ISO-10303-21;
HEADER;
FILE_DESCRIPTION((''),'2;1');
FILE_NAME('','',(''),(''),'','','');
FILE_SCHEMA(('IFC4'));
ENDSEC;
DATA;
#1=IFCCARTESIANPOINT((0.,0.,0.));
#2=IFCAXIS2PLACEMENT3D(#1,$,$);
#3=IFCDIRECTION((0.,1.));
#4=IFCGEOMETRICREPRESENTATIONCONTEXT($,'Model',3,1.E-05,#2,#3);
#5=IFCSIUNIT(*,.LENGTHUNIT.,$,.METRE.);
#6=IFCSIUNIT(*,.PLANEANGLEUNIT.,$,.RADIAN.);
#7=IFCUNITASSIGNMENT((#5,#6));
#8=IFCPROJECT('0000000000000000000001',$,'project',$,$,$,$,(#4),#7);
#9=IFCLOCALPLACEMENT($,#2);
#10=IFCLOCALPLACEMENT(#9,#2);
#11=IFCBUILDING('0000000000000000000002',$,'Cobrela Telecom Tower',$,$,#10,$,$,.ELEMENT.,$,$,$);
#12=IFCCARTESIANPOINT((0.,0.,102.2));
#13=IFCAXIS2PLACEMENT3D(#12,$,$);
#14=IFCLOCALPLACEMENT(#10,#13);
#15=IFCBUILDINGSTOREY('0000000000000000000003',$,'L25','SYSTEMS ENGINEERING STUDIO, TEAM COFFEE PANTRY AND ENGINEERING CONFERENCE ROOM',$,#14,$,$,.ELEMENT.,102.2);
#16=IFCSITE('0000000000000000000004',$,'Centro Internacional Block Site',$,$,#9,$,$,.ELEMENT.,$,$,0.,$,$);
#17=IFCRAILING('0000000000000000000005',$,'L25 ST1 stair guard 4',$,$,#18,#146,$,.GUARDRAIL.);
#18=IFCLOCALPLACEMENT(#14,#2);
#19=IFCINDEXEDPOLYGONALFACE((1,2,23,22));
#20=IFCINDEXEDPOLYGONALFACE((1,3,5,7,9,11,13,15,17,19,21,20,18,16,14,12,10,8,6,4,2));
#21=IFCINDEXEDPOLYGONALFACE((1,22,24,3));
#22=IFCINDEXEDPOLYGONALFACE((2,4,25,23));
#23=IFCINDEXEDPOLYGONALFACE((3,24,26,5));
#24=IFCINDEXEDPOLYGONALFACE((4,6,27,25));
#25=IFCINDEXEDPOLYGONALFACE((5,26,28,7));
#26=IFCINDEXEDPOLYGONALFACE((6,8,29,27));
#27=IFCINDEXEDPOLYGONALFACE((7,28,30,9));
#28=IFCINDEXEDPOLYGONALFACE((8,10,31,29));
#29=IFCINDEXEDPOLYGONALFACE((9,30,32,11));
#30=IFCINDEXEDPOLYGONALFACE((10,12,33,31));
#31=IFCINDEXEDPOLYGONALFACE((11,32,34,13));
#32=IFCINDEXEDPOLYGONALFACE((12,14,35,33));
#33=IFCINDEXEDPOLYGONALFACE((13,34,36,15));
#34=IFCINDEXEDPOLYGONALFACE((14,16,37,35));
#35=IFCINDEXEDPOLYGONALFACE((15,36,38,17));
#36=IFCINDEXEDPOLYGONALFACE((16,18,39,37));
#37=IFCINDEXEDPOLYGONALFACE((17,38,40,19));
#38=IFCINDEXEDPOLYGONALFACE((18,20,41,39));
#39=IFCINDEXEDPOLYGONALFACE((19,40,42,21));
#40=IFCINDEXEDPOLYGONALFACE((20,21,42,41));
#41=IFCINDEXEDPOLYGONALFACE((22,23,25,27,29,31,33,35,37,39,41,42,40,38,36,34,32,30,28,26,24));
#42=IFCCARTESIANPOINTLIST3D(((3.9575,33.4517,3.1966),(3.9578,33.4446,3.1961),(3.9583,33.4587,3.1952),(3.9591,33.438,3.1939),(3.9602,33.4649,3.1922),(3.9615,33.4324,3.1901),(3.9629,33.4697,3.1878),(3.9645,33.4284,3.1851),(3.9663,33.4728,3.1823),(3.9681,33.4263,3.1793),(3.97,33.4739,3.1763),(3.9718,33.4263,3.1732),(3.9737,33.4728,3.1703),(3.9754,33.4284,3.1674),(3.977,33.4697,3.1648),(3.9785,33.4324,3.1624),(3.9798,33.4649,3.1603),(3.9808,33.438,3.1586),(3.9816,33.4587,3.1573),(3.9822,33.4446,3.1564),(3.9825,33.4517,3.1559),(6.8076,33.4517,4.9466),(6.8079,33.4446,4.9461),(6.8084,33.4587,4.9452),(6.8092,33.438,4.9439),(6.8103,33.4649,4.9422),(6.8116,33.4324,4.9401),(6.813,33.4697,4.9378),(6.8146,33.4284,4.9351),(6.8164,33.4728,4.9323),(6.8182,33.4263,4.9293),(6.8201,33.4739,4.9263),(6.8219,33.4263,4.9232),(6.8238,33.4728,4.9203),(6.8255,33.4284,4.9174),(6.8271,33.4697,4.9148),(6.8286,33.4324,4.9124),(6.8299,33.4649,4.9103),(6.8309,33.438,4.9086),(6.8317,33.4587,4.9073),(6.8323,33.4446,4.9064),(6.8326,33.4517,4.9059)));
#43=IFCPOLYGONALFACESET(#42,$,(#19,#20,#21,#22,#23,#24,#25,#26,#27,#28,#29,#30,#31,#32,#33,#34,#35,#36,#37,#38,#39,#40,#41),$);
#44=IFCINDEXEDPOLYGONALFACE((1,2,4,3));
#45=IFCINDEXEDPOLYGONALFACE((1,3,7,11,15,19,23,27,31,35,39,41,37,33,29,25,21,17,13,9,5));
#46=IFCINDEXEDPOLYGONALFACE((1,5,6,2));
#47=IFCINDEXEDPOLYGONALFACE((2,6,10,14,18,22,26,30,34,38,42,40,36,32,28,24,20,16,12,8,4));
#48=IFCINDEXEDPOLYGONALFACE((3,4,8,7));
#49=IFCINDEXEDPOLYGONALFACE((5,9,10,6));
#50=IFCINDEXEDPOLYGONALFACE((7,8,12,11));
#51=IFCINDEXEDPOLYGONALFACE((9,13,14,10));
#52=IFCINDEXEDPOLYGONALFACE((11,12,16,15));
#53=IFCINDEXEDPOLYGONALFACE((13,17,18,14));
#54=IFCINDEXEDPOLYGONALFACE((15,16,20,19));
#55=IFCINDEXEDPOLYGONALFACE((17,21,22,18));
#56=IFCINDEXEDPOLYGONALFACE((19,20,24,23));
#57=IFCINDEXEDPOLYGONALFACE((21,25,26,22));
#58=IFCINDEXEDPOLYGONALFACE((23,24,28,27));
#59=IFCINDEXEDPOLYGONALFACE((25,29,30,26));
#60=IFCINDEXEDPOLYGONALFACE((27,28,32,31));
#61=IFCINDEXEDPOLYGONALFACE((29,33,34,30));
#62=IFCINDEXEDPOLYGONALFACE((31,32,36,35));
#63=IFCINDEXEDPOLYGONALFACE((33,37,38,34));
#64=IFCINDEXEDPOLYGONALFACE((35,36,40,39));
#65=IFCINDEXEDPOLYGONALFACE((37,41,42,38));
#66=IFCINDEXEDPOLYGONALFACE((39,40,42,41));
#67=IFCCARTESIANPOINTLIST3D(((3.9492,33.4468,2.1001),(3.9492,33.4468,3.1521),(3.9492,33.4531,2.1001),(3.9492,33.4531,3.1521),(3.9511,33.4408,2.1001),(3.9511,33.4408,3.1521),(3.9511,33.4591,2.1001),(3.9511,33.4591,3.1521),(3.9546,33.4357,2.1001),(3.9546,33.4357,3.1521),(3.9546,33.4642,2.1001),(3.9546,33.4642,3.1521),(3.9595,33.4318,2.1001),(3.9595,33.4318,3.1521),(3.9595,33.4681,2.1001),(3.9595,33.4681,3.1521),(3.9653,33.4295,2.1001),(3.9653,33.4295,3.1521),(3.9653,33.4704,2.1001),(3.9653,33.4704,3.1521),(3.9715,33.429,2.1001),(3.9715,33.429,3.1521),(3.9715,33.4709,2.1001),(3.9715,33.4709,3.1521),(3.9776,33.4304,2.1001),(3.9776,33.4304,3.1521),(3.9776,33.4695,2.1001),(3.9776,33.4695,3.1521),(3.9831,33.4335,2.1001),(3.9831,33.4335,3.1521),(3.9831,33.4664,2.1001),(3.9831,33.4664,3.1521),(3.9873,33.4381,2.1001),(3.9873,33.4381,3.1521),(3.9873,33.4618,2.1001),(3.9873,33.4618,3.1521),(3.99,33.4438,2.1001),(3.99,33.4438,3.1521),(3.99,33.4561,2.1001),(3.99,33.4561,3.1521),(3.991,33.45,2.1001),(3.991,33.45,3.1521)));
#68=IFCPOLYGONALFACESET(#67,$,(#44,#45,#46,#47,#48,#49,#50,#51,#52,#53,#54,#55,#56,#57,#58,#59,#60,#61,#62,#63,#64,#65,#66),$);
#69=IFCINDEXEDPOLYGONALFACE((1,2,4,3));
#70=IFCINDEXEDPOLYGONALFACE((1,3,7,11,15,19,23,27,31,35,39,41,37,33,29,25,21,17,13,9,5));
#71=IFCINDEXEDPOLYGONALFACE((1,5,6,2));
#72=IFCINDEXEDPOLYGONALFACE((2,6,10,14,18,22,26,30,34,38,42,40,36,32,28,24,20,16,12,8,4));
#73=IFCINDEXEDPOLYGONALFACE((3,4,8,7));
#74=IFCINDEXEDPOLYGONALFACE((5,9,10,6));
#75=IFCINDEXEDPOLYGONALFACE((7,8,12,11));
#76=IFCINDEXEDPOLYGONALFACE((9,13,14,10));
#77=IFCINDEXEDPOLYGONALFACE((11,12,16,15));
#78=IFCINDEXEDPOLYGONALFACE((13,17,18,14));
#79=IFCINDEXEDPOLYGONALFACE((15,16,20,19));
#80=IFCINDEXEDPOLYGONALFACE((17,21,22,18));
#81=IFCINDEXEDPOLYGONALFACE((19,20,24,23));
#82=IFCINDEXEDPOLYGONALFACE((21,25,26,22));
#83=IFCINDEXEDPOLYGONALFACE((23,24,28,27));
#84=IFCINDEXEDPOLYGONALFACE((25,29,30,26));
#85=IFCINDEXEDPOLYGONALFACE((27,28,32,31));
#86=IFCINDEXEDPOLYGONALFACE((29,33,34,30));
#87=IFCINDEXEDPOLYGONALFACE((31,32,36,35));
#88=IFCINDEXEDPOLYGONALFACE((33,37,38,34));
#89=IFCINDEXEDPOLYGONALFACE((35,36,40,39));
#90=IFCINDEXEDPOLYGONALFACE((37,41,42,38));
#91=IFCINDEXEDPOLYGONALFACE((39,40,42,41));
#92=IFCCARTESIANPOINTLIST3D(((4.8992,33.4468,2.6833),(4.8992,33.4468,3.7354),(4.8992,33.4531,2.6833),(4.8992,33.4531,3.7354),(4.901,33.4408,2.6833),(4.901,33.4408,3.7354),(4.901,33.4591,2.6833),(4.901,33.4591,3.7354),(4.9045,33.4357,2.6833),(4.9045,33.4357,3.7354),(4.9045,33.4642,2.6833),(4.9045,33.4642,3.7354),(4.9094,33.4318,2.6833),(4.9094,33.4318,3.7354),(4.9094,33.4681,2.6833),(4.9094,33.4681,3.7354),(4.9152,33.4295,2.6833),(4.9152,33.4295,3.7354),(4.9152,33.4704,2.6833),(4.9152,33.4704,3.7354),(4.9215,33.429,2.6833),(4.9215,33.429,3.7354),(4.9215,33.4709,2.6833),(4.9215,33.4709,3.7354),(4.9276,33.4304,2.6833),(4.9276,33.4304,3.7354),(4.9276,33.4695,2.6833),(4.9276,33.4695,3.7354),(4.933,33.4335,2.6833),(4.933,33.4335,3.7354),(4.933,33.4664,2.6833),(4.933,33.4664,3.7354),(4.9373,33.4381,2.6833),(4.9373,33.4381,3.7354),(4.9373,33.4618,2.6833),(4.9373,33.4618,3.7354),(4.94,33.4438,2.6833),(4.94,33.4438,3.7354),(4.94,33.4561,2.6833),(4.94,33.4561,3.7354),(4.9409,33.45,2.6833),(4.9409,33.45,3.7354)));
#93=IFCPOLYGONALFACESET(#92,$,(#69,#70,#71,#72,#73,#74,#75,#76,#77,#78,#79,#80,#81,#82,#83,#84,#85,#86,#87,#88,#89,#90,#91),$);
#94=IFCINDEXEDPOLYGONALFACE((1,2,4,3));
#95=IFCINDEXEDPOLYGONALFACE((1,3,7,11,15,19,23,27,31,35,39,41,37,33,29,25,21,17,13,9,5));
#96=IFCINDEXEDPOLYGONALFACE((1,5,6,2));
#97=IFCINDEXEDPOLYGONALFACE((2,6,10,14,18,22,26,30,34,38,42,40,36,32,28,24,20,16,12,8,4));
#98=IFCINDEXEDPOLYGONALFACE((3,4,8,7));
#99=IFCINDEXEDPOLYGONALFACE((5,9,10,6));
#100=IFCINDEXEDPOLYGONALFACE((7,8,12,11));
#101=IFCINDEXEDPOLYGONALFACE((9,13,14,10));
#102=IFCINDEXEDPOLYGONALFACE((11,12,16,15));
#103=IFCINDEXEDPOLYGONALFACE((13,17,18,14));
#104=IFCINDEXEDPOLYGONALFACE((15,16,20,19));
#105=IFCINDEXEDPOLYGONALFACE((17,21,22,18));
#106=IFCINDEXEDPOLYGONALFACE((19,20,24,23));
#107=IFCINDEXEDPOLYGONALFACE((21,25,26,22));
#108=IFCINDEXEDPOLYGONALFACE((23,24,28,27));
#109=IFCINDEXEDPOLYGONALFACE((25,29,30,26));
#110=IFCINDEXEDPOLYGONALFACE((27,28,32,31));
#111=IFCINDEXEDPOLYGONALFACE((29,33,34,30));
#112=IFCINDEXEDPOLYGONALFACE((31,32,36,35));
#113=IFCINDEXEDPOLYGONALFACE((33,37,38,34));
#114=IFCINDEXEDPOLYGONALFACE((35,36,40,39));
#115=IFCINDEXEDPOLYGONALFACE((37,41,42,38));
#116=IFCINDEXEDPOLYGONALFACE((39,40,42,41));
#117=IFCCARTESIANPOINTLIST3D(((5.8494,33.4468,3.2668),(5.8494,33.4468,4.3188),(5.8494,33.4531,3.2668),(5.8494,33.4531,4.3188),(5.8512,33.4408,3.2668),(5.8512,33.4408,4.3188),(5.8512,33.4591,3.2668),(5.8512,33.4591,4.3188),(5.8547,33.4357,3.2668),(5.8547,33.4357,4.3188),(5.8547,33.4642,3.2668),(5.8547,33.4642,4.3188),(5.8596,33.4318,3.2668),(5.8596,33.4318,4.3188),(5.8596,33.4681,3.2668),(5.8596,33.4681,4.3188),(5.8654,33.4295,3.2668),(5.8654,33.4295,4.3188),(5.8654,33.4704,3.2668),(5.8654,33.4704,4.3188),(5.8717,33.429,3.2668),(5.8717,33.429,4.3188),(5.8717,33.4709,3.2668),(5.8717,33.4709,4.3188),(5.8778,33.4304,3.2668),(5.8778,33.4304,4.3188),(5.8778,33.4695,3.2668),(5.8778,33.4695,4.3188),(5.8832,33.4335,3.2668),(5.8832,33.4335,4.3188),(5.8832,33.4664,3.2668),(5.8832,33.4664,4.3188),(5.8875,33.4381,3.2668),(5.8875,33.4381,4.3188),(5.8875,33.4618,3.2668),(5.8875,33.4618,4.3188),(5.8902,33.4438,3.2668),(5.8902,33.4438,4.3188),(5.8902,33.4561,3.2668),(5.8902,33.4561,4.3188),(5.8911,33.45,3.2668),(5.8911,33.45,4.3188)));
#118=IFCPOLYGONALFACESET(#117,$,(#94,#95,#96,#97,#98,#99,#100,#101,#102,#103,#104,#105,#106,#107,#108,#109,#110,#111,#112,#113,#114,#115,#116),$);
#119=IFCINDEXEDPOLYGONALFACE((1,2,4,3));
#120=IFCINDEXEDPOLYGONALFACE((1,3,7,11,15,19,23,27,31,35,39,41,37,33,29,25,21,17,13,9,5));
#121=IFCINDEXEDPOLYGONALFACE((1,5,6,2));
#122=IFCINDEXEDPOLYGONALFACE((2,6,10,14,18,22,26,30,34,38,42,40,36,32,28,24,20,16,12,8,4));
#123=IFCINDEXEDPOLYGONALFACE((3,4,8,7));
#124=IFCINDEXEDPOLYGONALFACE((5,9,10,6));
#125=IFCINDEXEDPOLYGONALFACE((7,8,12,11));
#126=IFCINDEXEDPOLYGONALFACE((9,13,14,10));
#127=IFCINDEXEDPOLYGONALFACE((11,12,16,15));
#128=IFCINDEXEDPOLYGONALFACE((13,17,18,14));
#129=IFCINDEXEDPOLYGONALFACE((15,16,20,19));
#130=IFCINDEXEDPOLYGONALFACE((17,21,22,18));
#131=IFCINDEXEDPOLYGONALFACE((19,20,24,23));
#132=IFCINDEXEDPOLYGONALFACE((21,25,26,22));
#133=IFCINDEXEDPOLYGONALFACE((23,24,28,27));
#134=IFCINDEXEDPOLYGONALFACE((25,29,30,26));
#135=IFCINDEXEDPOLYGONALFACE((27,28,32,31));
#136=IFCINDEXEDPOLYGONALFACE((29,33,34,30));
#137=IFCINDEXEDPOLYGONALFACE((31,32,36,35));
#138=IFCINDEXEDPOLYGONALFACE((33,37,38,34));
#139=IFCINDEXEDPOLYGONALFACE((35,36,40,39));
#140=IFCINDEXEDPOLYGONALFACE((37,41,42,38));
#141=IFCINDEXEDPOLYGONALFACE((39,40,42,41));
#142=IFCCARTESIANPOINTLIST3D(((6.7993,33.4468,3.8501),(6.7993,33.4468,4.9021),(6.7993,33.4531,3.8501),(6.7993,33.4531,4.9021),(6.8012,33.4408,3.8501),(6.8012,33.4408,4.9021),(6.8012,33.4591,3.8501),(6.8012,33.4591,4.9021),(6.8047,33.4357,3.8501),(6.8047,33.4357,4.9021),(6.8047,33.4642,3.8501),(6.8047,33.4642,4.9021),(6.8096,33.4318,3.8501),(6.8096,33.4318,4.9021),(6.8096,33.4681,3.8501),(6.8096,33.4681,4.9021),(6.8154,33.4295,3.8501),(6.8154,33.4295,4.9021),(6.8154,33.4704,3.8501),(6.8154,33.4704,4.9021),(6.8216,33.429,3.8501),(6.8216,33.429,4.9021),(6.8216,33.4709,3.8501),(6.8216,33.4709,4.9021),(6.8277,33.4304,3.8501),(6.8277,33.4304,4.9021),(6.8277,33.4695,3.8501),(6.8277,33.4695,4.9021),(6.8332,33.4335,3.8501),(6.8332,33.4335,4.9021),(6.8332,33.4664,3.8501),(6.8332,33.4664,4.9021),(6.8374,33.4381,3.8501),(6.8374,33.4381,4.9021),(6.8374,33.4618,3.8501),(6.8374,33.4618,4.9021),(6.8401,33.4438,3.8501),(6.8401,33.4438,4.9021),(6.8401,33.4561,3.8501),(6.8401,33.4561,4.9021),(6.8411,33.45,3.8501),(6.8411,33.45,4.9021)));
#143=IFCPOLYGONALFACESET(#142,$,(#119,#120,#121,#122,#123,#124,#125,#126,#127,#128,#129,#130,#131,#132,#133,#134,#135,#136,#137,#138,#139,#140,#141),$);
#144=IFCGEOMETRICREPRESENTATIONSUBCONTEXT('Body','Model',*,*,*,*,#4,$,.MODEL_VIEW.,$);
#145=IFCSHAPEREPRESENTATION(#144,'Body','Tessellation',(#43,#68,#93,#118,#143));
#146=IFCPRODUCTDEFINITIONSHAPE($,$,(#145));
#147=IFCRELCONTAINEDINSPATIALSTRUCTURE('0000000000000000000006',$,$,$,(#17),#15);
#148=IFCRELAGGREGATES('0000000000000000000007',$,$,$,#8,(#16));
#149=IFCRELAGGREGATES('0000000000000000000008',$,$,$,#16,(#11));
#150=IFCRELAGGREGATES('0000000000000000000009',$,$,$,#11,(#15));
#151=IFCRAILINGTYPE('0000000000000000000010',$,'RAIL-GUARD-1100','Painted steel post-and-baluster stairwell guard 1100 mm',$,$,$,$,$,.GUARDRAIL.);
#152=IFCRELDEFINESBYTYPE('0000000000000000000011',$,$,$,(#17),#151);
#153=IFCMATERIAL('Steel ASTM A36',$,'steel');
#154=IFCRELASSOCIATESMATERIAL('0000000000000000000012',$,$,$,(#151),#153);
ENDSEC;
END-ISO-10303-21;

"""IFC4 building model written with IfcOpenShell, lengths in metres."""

from ifc_helpers import new_model, si_unit, direction, frame, origin, origin_2d, place, context, subcontext, project, spatial, circle, extrude, material, type_object, element, save


model = new_model("IFC4")

# Units and contexts
model_context = context("Model", 3, precision=1e-05, world=origin(), true_north=direction((0.0, 1.0)))
body_context = subcontext(model_context, "Body", "Model", "MODEL_VIEW")
ifc_project = project(units=[si_unit("LENGTHUNIT", "METRE"), si_unit("PLANEANGLEUNIT", "RADIAN")], contexts=[model_context])

# Site, building, storey
site_placement = place(None, origin())
site = spatial("IfcSite", under=ifc_project, at=site_placement, Name="Centro Internacional Block Site", CompositionType="ELEMENT", RefElevation=0.0)
building_placement = place(site_placement, origin())
building = spatial("IfcBuilding", under=site, at=building_placement, Name="Cobrela Telecom Tower", CompositionType="ELEMENT")
storey_placement = place(building_placement, frame((0.0, 0.0, 102.2)))
storey = spatial("IfcBuildingStorey", under=building, at=storey_placement, Name="L25", Description="SYSTEMS ENGINEERING STUDIO, TEAM COFFEE PANTRY AND ENGINEERING CONFERENCE ROOM", CompositionType="ELEMENT", Elevation=102.2)

# Shared definitions
ifc_material_1 = material(Name="Steel ASTM A36", Category="steel")

# Railing
railing_type_1 = type_object("IfcRailingType", Name="RAIL-GUARD-1100", Description="Painted steel post-and-baluster stairwell guard 1100 mm", PredefinedType="GUARDRAIL", material=ifc_material_1)
railing_1_placement = place(storey_placement, frame((3.97, 33.45, 2.1001)))
element("IfcRailing", 1, at=railing_1_placement, inside=storey, type_object=railing_type_1, Name="L25 ST1 stair guard 4", PredefinedType="GUARDRAIL", context=body_context, shape_type="SweptSolid", body=[
    extrude(circle(Radius=0.0239, at=origin_2d()), frame((0.0, 0.0, 1.0762), z_axis=(0.852179, 0.0, 0.52325), x_axis=(0.0, 1.0, 0.0)), (0.0, 0.0, 1.0), 3.3445),
    extrude(circle(Radius=0.021, at=origin_2d()), origin(), (0.0, 0.0, 1.0), 1.052),
    extrude(circle(Radius=0.021, at=origin_2d()), frame((0.95, 0.0, 0.5833)), (0.0, 0.0, 1.0), 1.052),
    extrude(circle(Radius=0.021, at=origin_2d()), frame((1.9001, 0.0, 1.1667)), (0.0, 0.0, 1.0), 1.052),
    extrude(circle(Radius=0.021, at=origin_2d()), frame((2.8501, 0.0, 1.75)), (0.0, 0.0, 1.0), 1.052),
])

save(model, "model.ifc")
